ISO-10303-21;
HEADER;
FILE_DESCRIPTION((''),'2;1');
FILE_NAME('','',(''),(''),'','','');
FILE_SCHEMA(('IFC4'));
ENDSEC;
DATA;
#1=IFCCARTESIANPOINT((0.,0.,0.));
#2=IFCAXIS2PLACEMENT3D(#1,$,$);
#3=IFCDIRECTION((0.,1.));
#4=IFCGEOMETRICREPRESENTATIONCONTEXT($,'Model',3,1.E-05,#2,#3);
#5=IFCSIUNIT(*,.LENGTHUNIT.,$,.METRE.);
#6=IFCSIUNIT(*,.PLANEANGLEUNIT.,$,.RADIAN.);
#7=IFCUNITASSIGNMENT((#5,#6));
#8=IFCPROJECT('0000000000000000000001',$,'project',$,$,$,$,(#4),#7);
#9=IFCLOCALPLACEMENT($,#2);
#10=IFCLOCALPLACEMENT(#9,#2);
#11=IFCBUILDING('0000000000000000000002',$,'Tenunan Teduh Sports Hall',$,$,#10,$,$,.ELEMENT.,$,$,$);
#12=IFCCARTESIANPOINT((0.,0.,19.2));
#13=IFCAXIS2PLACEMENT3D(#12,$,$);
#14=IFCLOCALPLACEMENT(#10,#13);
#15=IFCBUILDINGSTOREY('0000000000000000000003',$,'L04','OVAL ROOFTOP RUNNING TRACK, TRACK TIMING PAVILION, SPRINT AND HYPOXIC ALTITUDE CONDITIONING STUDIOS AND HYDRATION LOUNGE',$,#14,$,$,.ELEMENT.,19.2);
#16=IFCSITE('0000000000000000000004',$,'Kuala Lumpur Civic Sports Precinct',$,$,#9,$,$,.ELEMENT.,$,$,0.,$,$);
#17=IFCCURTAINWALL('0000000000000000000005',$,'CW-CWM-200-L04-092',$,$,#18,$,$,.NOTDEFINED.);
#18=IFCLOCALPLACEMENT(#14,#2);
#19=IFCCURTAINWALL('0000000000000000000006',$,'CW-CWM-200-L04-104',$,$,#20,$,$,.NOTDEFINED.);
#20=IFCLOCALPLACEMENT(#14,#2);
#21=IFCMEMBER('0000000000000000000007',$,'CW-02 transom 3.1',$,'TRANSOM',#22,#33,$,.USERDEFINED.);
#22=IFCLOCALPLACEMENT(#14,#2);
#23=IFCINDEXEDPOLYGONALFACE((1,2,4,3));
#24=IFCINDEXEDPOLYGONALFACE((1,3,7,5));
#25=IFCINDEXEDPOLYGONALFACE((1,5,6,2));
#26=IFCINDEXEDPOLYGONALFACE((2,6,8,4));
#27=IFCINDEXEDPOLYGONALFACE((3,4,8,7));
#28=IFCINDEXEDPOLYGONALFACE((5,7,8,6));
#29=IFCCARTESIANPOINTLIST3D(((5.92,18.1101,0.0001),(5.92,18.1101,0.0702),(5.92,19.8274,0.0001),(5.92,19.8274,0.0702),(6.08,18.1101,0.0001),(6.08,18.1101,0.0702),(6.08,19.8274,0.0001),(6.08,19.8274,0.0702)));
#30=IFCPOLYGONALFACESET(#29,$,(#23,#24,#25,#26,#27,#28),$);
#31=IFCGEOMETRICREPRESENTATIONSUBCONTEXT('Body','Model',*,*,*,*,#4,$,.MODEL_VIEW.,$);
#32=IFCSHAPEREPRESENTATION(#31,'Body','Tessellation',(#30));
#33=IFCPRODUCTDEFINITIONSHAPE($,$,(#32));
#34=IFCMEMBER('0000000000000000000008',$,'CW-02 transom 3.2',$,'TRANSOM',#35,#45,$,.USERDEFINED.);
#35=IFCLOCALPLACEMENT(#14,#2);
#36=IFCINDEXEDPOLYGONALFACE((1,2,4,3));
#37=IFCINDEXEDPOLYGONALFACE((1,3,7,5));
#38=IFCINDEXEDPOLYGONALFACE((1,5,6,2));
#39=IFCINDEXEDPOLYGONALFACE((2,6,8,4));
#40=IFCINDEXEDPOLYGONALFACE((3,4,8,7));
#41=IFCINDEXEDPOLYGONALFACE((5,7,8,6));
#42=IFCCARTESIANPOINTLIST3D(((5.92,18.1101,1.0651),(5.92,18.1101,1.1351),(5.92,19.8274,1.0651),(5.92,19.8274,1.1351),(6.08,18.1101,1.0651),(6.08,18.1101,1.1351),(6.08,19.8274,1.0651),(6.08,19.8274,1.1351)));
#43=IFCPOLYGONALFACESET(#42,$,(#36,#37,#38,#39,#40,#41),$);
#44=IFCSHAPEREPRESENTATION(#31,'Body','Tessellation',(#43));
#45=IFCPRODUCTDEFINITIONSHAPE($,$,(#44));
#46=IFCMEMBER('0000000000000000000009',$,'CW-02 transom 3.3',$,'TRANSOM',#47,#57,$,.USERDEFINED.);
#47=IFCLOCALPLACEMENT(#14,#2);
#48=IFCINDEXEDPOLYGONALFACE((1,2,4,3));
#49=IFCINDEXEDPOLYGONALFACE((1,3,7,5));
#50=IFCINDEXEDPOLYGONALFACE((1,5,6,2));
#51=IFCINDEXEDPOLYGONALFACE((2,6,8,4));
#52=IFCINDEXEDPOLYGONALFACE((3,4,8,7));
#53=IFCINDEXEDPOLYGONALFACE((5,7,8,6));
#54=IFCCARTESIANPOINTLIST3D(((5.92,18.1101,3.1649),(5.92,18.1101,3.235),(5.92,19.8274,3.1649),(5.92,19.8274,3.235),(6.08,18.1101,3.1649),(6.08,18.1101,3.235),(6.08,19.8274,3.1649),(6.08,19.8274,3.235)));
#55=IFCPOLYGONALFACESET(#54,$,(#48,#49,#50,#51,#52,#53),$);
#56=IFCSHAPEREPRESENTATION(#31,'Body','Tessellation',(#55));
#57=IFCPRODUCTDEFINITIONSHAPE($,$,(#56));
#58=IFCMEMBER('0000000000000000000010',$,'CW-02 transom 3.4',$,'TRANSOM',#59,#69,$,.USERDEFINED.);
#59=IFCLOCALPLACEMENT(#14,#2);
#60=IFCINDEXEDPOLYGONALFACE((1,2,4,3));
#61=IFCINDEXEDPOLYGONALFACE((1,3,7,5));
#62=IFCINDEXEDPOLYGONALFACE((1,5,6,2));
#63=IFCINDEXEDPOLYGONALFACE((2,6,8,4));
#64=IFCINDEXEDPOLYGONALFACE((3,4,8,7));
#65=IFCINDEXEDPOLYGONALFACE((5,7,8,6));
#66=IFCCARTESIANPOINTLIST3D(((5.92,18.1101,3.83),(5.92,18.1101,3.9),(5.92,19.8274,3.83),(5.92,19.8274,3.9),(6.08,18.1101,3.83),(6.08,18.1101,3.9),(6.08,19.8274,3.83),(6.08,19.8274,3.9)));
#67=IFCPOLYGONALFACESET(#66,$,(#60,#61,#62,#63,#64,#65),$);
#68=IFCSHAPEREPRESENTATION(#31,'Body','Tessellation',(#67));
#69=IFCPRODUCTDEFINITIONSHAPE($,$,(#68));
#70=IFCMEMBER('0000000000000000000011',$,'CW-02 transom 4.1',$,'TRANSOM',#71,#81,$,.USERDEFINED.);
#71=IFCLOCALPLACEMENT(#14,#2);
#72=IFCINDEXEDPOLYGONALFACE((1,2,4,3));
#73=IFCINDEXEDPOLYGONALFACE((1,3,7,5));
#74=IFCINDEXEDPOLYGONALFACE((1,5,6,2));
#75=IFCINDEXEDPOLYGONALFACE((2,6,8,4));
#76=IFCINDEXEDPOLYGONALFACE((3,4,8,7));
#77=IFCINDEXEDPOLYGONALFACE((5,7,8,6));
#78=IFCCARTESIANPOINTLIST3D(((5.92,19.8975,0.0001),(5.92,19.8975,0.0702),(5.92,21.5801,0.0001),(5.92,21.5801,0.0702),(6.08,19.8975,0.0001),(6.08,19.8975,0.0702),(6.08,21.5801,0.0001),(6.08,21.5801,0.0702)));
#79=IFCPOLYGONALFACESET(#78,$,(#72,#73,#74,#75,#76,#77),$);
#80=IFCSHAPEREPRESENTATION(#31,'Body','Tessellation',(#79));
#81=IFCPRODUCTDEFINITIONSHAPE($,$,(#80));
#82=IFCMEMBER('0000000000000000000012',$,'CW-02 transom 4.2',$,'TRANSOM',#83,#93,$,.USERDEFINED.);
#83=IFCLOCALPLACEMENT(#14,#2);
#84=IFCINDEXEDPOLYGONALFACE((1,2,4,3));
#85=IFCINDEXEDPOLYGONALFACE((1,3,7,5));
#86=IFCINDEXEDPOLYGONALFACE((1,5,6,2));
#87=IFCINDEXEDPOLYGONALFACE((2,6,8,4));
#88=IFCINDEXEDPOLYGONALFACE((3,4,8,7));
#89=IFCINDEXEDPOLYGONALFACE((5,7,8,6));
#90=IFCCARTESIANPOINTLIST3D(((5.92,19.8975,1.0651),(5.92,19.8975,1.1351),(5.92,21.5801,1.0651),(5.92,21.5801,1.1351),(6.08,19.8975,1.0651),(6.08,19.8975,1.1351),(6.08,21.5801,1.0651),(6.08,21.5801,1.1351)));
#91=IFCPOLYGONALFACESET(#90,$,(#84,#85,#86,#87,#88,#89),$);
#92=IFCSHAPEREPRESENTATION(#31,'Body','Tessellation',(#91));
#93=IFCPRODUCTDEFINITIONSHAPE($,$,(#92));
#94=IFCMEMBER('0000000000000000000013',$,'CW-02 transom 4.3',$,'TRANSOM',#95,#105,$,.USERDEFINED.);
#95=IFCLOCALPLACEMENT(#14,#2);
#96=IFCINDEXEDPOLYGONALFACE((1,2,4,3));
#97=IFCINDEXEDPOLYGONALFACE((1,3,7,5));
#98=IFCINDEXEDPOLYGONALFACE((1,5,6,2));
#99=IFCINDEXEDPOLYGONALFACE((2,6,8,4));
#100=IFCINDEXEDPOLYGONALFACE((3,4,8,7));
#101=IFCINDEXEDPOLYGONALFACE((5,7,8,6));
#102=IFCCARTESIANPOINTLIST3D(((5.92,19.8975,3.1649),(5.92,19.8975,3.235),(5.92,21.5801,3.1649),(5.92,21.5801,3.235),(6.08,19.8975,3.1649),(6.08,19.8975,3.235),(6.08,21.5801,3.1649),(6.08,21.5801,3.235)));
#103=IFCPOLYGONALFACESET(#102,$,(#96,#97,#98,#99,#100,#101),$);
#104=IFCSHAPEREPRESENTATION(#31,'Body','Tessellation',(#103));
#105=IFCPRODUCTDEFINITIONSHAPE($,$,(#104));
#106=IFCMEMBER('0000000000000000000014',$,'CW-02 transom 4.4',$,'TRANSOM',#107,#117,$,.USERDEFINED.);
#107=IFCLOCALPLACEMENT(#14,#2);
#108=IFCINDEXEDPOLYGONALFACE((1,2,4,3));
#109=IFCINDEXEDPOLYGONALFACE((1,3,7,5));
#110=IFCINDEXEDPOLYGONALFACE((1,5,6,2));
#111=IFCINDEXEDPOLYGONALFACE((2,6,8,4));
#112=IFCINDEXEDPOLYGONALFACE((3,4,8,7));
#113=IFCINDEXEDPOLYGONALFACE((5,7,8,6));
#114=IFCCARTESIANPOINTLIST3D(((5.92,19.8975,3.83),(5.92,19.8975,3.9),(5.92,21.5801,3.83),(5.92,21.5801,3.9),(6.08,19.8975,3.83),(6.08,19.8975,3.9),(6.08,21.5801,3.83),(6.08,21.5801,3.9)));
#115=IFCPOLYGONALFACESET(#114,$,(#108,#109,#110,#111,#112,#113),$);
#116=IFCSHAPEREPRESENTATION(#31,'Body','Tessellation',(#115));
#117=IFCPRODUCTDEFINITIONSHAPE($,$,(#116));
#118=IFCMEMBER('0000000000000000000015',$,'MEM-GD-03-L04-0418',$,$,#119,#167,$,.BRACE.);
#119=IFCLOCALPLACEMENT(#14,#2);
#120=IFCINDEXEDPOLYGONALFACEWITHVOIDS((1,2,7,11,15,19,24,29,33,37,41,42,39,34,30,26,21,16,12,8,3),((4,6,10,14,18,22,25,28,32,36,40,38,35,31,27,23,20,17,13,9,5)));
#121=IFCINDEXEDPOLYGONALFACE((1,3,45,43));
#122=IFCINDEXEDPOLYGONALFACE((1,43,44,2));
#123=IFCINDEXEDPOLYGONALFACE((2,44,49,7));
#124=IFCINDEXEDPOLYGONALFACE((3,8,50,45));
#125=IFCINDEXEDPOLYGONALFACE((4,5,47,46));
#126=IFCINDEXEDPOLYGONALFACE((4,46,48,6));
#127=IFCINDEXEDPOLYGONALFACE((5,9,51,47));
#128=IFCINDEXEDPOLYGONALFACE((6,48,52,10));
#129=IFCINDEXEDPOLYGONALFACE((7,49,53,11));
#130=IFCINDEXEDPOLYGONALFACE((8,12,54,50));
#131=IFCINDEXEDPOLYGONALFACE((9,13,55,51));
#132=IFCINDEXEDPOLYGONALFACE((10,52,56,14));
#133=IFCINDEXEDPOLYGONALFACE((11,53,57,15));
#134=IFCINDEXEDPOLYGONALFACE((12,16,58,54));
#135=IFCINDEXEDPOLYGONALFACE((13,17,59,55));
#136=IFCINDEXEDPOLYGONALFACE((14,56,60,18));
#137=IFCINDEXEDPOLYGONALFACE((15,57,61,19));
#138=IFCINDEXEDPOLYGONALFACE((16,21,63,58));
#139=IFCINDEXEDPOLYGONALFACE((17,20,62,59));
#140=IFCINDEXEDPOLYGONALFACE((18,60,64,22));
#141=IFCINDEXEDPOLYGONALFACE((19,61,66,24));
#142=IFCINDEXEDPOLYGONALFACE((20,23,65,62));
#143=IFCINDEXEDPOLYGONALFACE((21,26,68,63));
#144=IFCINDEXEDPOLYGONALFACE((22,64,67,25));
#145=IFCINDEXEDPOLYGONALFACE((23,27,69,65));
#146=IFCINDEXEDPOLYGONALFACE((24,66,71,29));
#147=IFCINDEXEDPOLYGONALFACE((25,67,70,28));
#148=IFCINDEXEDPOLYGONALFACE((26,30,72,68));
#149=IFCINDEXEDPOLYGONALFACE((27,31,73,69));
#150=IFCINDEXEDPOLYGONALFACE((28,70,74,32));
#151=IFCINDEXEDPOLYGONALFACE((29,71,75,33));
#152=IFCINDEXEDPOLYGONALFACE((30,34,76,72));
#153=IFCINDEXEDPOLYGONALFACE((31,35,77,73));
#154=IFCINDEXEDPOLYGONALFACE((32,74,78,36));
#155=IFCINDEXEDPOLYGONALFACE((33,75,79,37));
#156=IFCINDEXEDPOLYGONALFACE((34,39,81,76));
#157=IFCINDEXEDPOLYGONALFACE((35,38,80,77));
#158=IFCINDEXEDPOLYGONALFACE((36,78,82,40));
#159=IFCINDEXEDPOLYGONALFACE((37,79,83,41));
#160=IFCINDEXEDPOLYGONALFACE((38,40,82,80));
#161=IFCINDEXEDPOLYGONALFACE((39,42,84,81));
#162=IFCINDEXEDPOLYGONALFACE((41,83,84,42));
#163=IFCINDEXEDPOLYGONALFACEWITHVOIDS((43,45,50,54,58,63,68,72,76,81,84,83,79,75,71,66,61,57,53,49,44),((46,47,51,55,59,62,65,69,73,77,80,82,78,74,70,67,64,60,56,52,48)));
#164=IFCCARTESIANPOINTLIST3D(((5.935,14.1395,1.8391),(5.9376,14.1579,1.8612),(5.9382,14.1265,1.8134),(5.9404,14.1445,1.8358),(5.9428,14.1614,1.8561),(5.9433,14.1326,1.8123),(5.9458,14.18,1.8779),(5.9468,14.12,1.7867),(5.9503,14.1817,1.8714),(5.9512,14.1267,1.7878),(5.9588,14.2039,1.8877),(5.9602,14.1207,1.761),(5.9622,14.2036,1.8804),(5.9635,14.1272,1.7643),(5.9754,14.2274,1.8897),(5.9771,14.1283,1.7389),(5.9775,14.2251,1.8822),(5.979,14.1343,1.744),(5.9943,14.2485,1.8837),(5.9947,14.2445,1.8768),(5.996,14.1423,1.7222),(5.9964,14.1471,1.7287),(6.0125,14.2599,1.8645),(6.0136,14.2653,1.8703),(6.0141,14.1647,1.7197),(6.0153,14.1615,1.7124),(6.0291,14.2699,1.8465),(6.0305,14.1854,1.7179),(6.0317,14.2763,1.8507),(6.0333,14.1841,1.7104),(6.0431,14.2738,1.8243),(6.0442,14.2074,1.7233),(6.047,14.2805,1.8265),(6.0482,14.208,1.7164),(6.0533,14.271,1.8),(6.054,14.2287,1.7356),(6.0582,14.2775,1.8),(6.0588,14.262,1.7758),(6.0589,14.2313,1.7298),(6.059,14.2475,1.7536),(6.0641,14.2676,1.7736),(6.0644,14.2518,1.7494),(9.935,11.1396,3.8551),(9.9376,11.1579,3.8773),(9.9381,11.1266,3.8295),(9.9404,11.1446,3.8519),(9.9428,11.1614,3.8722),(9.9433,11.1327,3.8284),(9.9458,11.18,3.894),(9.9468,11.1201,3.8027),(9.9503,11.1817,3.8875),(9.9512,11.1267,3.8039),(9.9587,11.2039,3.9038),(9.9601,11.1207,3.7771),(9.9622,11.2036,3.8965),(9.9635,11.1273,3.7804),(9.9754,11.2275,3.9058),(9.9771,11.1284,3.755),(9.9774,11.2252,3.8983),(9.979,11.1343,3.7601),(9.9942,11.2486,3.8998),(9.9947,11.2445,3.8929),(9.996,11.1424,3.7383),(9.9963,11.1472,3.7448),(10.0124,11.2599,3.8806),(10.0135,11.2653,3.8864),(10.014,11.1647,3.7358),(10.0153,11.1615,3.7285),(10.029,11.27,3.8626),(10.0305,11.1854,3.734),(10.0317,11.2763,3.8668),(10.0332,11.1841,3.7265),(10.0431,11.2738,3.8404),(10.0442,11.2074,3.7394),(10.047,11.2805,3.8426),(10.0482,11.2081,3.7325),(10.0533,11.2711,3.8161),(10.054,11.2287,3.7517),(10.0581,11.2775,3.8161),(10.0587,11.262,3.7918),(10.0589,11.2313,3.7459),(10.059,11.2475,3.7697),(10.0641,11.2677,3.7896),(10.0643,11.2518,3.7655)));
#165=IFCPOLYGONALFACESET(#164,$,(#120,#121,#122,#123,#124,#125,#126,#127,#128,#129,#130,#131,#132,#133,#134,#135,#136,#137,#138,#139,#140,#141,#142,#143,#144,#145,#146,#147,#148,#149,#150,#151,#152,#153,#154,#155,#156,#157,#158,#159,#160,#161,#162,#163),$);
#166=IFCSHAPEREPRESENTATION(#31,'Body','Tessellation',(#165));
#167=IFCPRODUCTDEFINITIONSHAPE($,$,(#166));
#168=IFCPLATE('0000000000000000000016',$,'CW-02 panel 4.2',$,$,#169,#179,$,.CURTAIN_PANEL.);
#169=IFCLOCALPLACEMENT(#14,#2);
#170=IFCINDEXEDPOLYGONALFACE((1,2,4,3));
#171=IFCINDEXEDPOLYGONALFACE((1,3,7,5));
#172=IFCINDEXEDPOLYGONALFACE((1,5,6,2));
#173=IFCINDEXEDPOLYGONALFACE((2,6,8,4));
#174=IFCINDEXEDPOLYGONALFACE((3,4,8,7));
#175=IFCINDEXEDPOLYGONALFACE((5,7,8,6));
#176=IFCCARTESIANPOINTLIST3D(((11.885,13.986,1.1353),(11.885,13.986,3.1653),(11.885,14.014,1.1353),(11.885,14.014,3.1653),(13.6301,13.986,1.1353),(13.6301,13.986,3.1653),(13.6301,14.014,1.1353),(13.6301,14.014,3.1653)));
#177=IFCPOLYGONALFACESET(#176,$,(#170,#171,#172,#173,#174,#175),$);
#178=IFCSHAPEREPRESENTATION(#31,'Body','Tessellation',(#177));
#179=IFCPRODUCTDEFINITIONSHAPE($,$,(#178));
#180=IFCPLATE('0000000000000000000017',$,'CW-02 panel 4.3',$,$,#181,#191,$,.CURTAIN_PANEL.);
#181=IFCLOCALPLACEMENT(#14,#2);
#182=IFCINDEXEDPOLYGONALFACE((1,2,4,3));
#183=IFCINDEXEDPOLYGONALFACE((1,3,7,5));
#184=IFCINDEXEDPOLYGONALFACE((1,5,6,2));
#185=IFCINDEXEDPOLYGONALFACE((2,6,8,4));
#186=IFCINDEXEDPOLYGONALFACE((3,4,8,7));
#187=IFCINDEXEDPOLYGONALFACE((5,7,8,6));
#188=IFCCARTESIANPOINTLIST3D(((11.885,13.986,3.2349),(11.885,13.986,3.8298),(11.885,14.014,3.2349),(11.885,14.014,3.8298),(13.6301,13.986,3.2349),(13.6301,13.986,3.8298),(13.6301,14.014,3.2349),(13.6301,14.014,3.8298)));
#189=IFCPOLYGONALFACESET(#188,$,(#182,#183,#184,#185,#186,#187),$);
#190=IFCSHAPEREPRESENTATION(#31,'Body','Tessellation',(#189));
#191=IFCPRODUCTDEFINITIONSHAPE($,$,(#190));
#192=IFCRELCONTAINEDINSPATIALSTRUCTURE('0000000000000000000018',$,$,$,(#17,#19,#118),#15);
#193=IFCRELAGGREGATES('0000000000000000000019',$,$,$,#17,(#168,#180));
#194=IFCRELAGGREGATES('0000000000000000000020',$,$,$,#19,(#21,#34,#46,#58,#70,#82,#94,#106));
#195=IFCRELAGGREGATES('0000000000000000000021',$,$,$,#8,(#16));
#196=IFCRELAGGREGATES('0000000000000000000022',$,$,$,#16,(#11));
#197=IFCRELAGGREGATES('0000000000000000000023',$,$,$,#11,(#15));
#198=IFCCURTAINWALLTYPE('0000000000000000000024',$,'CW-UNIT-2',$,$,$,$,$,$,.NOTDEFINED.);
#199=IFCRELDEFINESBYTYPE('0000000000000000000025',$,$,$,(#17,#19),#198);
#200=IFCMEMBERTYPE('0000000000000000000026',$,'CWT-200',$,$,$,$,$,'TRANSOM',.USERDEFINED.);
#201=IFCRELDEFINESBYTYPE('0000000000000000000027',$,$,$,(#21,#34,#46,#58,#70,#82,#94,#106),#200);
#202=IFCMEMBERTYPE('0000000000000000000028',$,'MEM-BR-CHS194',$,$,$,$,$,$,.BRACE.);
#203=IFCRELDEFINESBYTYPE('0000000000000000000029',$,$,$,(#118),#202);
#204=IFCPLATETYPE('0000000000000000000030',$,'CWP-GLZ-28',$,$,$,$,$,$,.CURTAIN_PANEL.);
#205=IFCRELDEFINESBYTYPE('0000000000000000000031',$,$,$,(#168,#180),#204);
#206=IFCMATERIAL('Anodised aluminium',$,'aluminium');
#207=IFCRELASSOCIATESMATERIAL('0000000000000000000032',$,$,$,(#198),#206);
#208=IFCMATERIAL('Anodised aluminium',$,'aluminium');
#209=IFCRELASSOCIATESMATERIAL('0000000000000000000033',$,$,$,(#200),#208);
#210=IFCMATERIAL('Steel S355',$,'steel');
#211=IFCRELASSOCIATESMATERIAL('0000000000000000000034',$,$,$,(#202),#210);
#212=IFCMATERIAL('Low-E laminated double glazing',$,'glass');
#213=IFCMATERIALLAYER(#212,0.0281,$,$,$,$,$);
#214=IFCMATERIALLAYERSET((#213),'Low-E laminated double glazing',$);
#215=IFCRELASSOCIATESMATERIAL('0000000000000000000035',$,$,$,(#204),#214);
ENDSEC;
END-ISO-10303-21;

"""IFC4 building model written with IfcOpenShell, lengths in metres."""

from ifc_helpers import new_model, si_unit, direction, frame, origin, origin_2d, place, context, subcontext, project, spatial, rectangle, hollow_circle, extrude, material, layer, layer_set, material_profile, profile_set, type_object, element, aggregate, save


model = new_model("IFC4")

# Units and contexts
model_context = context("Model", 3, precision=1e-05, world=origin(), true_north=direction((0.0, 1.0)))
body_context = subcontext(model_context, "Body", "Model", "MODEL_VIEW")
ifc_project = project(units=[si_unit("LENGTHUNIT", "METRE"), si_unit("PLANEANGLEUNIT", "RADIAN")], contexts=[model_context])

# Site, building, storey
site_placement = place(None, origin())
site = spatial("IfcSite", under=ifc_project, at=site_placement, Name="Kuala Lumpur Civic Sports Precinct", CompositionType="ELEMENT", RefElevation=0.0)
building_placement = place(site_placement, origin())
building = spatial("IfcBuilding", under=site, at=building_placement, Name="Tenunan Teduh Sports Hall", CompositionType="ELEMENT")
storey_placement = place(building_placement, frame((0.0, 0.0, 19.2)))
storey = spatial("IfcBuildingStorey", under=building, at=storey_placement, Name="L04", Description="OVAL ROOFTOP RUNNING TRACK, TRACK TIMING PAVILION, SPRINT AND HYPOXIC ALTITUDE CONDITIONING STUDIOS AND HYDRATION LOUNGE", CompositionType="ELEMENT", Elevation=19.2)

# Curtain wall
ifc_material_1 = material(Name="Anodised aluminium", Category="aluminium")
curtain_wall_type = type_object("IfcCurtainWallType", Name="CW-UNIT-2", PredefinedType="NOTDEFINED", material=ifc_material_1)
curtain_wall_1_placement = place(storey_placement, origin())
curtain_wall_1 = element("IfcCurtainWall", 1, at=curtain_wall_1_placement, inside=storey, type_object=curtain_wall_type, Name="CW-CWM-200-L04-092", PredefinedType="NOTDEFINED")

# Curtain wall
curtain_wall_2_placement = place(storey_placement, origin())
curtain_wall_2 = element("IfcCurtainWall", 2, at=curtain_wall_2_placement, inside=storey, type_object=curtain_wall_type, Name="CW-CWM-200-L04-104", PredefinedType="NOTDEFINED")

# Members
ifc_material_2 = material(Name="Anodised aluminium", Category="aluminium")
ifc_material_profile_1 = material_profile(ifc_material_2, rectangle(XDim=0.0701, YDim=0.1599, at=origin_2d()), Name="CWT 70x160")
ifc_profile_set_1 = profile_set([ifc_material_profile_1], Name="Anodised aluminium")
member_type_1 = type_object("IfcMemberType", Name="CWT-200", ElementType="TRANSOM", PredefinedType="USERDEFINED", material=ifc_profile_set_1)
member_1_placement = place(storey_placement, frame((6.0, 18.1101, 0.0352), z_axis=(0.0, 1.0, 0.0), x_axis=(0.0, 0.0, 1.0)))
member_1 = element("IfcMember", 3, at=member_1_placement, type_object=member_type_1, Name="CW-02 transom 3.1", ObjectType="TRANSOM", PredefinedType="USERDEFINED", context=body_context, shape_type="SweptSolid", body=[
    extrude(rectangle(XDim=0.0701, YDim=0.1599, at=origin_2d()), origin(), (0.0, 0.0, 1.0), 1.7173),
])
member_2_placement = place(storey_placement, frame((6.0, 18.1101, 1.1001), z_axis=(0.0, 1.0, 0.0), x_axis=(0.0, 0.0, 1.0)))
member_2 = element("IfcMember", 4, at=member_2_placement, type_object=member_type_1, Name="CW-02 transom 3.2", ObjectType="TRANSOM", PredefinedType="USERDEFINED", context=body_context, shape_type="SweptSolid", body=[
    extrude(rectangle(XDim=0.0701, YDim=0.1599, at=origin_2d()), origin(), (0.0, 0.0, 1.0), 1.7173),
])
member_3_placement = place(storey_placement, frame((6.0, 18.1101, 3.2), z_axis=(0.0, 1.0, 0.0), x_axis=(0.0, 0.0, 1.0)))
member_3 = element("IfcMember", 5, at=member_3_placement, type_object=member_type_1, Name="CW-02 transom 3.3", ObjectType="TRANSOM", PredefinedType="USERDEFINED", context=body_context, shape_type="SweptSolid", body=[
    extrude(rectangle(XDim=0.0701, YDim=0.1599, at=origin_2d()), origin(), (0.0, 0.0, 1.0), 1.7173),
])
member_4_placement = place(storey_placement, frame((6.0, 18.1101, 3.865), z_axis=(0.0, 1.0, 0.0), x_axis=(0.0, 0.0, 1.0)))
member_4 = element("IfcMember", 6, at=member_4_placement, type_object=member_type_1, Name="CW-02 transom 3.4", ObjectType="TRANSOM", PredefinedType="USERDEFINED", context=body_context, shape_type="SweptSolid", body=[
    extrude(rectangle(XDim=0.0701, YDim=0.1599, at=origin_2d()), origin(), (0.0, 0.0, 1.0), 1.7173),
])
member_5_placement = place(storey_placement, frame((6.0, 19.8975, 0.0352), z_axis=(0.0, 1.0, 0.0), x_axis=(0.0, 0.0, 1.0)))
member_5 = element("IfcMember", 7, at=member_5_placement, type_object=member_type_1, Name="CW-02 transom 4.1", ObjectType="TRANSOM", PredefinedType="USERDEFINED", context=body_context, shape_type="SweptSolid", body=[
    extrude(rectangle(XDim=0.0701, YDim=0.1599, at=origin_2d()), origin(), (0.0, 0.0, 1.0), 1.6826),
])
member_6_placement = place(storey_placement, frame((6.0, 19.8975, 1.1001), z_axis=(0.0, 1.0, 0.0), x_axis=(0.0, 0.0, 1.0)))
member_6 = element("IfcMember", 8, at=member_6_placement, type_object=member_type_1, Name="CW-02 transom 4.2", ObjectType="TRANSOM", PredefinedType="USERDEFINED", context=body_context, shape_type="SweptSolid", body=[
    extrude(rectangle(XDim=0.0701, YDim=0.1599, at=origin_2d()), origin(), (0.0, 0.0, 1.0), 1.6826),
])
member_7_placement = place(storey_placement, frame((6.0, 19.8975, 3.2), z_axis=(0.0, 1.0, 0.0), x_axis=(0.0, 0.0, 1.0)))
member_7 = element("IfcMember", 9, at=member_7_placement, type_object=member_type_1, Name="CW-02 transom 4.3", ObjectType="TRANSOM", PredefinedType="USERDEFINED", context=body_context, shape_type="SweptSolid", body=[
    extrude(rectangle(XDim=0.0701, YDim=0.1599, at=origin_2d()), origin(), (0.0, 0.0, 1.0), 1.6826),
])
member_8_placement = place(storey_placement, frame((6.0, 19.8975, 3.865), z_axis=(0.0, 1.0, 0.0), x_axis=(0.0, 0.0, 1.0)))
member_8 = element("IfcMember", 10, at=member_8_placement, type_object=member_type_1, Name="CW-02 transom 4.4", ObjectType="TRANSOM", PredefinedType="USERDEFINED", context=body_context, shape_type="SweptSolid", body=[
    extrude(rectangle(XDim=0.0701, YDim=0.1599, at=origin_2d()), origin(), (0.0, 0.0, 1.0), 1.6826),
])
ifc_material_3 = material(Name="Steel S355", Category="steel")
ifc_material_profile_2 = material_profile(ifc_material_3, hollow_circle(Radius=0.0969, WallThickness=0.0081, at=origin_2d()), Name="CHS 193.7x8.0")
ifc_profile_set_2 = profile_set([ifc_material_profile_2], Name="Steel S355")
member_type_2 = type_object("IfcMemberType", Name="MEM-BR-CHS194", PredefinedType="BRACE", material=ifc_profile_set_2)
member_9_placement = place(storey_placement, frame((6.0, 14.2, 1.8), z_axis=(0.741954, -0.556465, 0.373966), x_axis=(0.6, 0.8, 0.0)))
element("IfcMember", 11, at=member_9_placement, inside=storey, type_object=member_type_2, Name="MEM-GD-03-L04-0418", PredefinedType="BRACE", context=body_context, shape_type="SweptSolid", body=[
    extrude(hollow_circle(Radius=0.0969, WallThickness=0.0081, at=origin_2d()), origin(), (0.0, 0.0, 1.0), 5.3911),
])

# Plates
ifc_material_4 = material(Name="Low-E laminated double glazing", Category="glass")
ifc_layer_1 = layer(ifc_material_4, 0.0281)
ifc_layer_set_1 = layer_set([ifc_layer_1], Name="Low-E laminated double glazing")
plate_type_1 = type_object("IfcPlateType", Name="CWP-GLZ-28", PredefinedType="CURTAIN_PANEL", material=ifc_layer_set_1)
plate_1_placement = place(storey_placement, frame((12.7576, 14.0, 1.1353), z_axis=(0.0, 0.0, 1.0), x_axis=(1.0, 0.0, 0.0)))
plate_1 = element("IfcPlate", 12, at=plate_1_placement, type_object=plate_type_1, Name="CW-02 panel 4.2", PredefinedType="CURTAIN_PANEL", context=body_context, shape_type="SweptSolid", body=[
    extrude(rectangle(XDim=1.7451, YDim=0.0281, at=origin_2d()), origin(), (0.0, 0.0, 1.0), 2.03),
])
plate_2_placement = place(storey_placement, frame((12.7576, 14.0, 3.2349), z_axis=(0.0, 0.0, 1.0), x_axis=(1.0, 0.0, 0.0)))
plate_2 = element("IfcPlate", 13, at=plate_2_placement, type_object=plate_type_1, Name="CW-02 panel 4.3", PredefinedType="CURTAIN_PANEL", context=body_context, shape_type="SweptSolid", body=[
    extrude(rectangle(XDim=1.7451, YDim=0.0281, at=origin_2d()), origin(), (0.0, 0.0, 1.0), 0.595),
])
aggregate(curtain_wall_1, [plate_1, plate_2])
aggregate(curtain_wall_2, [member_1, member_2, member_3, member_4, member_5, member_6, member_7, member_8])

save(model, "model.ifc")
